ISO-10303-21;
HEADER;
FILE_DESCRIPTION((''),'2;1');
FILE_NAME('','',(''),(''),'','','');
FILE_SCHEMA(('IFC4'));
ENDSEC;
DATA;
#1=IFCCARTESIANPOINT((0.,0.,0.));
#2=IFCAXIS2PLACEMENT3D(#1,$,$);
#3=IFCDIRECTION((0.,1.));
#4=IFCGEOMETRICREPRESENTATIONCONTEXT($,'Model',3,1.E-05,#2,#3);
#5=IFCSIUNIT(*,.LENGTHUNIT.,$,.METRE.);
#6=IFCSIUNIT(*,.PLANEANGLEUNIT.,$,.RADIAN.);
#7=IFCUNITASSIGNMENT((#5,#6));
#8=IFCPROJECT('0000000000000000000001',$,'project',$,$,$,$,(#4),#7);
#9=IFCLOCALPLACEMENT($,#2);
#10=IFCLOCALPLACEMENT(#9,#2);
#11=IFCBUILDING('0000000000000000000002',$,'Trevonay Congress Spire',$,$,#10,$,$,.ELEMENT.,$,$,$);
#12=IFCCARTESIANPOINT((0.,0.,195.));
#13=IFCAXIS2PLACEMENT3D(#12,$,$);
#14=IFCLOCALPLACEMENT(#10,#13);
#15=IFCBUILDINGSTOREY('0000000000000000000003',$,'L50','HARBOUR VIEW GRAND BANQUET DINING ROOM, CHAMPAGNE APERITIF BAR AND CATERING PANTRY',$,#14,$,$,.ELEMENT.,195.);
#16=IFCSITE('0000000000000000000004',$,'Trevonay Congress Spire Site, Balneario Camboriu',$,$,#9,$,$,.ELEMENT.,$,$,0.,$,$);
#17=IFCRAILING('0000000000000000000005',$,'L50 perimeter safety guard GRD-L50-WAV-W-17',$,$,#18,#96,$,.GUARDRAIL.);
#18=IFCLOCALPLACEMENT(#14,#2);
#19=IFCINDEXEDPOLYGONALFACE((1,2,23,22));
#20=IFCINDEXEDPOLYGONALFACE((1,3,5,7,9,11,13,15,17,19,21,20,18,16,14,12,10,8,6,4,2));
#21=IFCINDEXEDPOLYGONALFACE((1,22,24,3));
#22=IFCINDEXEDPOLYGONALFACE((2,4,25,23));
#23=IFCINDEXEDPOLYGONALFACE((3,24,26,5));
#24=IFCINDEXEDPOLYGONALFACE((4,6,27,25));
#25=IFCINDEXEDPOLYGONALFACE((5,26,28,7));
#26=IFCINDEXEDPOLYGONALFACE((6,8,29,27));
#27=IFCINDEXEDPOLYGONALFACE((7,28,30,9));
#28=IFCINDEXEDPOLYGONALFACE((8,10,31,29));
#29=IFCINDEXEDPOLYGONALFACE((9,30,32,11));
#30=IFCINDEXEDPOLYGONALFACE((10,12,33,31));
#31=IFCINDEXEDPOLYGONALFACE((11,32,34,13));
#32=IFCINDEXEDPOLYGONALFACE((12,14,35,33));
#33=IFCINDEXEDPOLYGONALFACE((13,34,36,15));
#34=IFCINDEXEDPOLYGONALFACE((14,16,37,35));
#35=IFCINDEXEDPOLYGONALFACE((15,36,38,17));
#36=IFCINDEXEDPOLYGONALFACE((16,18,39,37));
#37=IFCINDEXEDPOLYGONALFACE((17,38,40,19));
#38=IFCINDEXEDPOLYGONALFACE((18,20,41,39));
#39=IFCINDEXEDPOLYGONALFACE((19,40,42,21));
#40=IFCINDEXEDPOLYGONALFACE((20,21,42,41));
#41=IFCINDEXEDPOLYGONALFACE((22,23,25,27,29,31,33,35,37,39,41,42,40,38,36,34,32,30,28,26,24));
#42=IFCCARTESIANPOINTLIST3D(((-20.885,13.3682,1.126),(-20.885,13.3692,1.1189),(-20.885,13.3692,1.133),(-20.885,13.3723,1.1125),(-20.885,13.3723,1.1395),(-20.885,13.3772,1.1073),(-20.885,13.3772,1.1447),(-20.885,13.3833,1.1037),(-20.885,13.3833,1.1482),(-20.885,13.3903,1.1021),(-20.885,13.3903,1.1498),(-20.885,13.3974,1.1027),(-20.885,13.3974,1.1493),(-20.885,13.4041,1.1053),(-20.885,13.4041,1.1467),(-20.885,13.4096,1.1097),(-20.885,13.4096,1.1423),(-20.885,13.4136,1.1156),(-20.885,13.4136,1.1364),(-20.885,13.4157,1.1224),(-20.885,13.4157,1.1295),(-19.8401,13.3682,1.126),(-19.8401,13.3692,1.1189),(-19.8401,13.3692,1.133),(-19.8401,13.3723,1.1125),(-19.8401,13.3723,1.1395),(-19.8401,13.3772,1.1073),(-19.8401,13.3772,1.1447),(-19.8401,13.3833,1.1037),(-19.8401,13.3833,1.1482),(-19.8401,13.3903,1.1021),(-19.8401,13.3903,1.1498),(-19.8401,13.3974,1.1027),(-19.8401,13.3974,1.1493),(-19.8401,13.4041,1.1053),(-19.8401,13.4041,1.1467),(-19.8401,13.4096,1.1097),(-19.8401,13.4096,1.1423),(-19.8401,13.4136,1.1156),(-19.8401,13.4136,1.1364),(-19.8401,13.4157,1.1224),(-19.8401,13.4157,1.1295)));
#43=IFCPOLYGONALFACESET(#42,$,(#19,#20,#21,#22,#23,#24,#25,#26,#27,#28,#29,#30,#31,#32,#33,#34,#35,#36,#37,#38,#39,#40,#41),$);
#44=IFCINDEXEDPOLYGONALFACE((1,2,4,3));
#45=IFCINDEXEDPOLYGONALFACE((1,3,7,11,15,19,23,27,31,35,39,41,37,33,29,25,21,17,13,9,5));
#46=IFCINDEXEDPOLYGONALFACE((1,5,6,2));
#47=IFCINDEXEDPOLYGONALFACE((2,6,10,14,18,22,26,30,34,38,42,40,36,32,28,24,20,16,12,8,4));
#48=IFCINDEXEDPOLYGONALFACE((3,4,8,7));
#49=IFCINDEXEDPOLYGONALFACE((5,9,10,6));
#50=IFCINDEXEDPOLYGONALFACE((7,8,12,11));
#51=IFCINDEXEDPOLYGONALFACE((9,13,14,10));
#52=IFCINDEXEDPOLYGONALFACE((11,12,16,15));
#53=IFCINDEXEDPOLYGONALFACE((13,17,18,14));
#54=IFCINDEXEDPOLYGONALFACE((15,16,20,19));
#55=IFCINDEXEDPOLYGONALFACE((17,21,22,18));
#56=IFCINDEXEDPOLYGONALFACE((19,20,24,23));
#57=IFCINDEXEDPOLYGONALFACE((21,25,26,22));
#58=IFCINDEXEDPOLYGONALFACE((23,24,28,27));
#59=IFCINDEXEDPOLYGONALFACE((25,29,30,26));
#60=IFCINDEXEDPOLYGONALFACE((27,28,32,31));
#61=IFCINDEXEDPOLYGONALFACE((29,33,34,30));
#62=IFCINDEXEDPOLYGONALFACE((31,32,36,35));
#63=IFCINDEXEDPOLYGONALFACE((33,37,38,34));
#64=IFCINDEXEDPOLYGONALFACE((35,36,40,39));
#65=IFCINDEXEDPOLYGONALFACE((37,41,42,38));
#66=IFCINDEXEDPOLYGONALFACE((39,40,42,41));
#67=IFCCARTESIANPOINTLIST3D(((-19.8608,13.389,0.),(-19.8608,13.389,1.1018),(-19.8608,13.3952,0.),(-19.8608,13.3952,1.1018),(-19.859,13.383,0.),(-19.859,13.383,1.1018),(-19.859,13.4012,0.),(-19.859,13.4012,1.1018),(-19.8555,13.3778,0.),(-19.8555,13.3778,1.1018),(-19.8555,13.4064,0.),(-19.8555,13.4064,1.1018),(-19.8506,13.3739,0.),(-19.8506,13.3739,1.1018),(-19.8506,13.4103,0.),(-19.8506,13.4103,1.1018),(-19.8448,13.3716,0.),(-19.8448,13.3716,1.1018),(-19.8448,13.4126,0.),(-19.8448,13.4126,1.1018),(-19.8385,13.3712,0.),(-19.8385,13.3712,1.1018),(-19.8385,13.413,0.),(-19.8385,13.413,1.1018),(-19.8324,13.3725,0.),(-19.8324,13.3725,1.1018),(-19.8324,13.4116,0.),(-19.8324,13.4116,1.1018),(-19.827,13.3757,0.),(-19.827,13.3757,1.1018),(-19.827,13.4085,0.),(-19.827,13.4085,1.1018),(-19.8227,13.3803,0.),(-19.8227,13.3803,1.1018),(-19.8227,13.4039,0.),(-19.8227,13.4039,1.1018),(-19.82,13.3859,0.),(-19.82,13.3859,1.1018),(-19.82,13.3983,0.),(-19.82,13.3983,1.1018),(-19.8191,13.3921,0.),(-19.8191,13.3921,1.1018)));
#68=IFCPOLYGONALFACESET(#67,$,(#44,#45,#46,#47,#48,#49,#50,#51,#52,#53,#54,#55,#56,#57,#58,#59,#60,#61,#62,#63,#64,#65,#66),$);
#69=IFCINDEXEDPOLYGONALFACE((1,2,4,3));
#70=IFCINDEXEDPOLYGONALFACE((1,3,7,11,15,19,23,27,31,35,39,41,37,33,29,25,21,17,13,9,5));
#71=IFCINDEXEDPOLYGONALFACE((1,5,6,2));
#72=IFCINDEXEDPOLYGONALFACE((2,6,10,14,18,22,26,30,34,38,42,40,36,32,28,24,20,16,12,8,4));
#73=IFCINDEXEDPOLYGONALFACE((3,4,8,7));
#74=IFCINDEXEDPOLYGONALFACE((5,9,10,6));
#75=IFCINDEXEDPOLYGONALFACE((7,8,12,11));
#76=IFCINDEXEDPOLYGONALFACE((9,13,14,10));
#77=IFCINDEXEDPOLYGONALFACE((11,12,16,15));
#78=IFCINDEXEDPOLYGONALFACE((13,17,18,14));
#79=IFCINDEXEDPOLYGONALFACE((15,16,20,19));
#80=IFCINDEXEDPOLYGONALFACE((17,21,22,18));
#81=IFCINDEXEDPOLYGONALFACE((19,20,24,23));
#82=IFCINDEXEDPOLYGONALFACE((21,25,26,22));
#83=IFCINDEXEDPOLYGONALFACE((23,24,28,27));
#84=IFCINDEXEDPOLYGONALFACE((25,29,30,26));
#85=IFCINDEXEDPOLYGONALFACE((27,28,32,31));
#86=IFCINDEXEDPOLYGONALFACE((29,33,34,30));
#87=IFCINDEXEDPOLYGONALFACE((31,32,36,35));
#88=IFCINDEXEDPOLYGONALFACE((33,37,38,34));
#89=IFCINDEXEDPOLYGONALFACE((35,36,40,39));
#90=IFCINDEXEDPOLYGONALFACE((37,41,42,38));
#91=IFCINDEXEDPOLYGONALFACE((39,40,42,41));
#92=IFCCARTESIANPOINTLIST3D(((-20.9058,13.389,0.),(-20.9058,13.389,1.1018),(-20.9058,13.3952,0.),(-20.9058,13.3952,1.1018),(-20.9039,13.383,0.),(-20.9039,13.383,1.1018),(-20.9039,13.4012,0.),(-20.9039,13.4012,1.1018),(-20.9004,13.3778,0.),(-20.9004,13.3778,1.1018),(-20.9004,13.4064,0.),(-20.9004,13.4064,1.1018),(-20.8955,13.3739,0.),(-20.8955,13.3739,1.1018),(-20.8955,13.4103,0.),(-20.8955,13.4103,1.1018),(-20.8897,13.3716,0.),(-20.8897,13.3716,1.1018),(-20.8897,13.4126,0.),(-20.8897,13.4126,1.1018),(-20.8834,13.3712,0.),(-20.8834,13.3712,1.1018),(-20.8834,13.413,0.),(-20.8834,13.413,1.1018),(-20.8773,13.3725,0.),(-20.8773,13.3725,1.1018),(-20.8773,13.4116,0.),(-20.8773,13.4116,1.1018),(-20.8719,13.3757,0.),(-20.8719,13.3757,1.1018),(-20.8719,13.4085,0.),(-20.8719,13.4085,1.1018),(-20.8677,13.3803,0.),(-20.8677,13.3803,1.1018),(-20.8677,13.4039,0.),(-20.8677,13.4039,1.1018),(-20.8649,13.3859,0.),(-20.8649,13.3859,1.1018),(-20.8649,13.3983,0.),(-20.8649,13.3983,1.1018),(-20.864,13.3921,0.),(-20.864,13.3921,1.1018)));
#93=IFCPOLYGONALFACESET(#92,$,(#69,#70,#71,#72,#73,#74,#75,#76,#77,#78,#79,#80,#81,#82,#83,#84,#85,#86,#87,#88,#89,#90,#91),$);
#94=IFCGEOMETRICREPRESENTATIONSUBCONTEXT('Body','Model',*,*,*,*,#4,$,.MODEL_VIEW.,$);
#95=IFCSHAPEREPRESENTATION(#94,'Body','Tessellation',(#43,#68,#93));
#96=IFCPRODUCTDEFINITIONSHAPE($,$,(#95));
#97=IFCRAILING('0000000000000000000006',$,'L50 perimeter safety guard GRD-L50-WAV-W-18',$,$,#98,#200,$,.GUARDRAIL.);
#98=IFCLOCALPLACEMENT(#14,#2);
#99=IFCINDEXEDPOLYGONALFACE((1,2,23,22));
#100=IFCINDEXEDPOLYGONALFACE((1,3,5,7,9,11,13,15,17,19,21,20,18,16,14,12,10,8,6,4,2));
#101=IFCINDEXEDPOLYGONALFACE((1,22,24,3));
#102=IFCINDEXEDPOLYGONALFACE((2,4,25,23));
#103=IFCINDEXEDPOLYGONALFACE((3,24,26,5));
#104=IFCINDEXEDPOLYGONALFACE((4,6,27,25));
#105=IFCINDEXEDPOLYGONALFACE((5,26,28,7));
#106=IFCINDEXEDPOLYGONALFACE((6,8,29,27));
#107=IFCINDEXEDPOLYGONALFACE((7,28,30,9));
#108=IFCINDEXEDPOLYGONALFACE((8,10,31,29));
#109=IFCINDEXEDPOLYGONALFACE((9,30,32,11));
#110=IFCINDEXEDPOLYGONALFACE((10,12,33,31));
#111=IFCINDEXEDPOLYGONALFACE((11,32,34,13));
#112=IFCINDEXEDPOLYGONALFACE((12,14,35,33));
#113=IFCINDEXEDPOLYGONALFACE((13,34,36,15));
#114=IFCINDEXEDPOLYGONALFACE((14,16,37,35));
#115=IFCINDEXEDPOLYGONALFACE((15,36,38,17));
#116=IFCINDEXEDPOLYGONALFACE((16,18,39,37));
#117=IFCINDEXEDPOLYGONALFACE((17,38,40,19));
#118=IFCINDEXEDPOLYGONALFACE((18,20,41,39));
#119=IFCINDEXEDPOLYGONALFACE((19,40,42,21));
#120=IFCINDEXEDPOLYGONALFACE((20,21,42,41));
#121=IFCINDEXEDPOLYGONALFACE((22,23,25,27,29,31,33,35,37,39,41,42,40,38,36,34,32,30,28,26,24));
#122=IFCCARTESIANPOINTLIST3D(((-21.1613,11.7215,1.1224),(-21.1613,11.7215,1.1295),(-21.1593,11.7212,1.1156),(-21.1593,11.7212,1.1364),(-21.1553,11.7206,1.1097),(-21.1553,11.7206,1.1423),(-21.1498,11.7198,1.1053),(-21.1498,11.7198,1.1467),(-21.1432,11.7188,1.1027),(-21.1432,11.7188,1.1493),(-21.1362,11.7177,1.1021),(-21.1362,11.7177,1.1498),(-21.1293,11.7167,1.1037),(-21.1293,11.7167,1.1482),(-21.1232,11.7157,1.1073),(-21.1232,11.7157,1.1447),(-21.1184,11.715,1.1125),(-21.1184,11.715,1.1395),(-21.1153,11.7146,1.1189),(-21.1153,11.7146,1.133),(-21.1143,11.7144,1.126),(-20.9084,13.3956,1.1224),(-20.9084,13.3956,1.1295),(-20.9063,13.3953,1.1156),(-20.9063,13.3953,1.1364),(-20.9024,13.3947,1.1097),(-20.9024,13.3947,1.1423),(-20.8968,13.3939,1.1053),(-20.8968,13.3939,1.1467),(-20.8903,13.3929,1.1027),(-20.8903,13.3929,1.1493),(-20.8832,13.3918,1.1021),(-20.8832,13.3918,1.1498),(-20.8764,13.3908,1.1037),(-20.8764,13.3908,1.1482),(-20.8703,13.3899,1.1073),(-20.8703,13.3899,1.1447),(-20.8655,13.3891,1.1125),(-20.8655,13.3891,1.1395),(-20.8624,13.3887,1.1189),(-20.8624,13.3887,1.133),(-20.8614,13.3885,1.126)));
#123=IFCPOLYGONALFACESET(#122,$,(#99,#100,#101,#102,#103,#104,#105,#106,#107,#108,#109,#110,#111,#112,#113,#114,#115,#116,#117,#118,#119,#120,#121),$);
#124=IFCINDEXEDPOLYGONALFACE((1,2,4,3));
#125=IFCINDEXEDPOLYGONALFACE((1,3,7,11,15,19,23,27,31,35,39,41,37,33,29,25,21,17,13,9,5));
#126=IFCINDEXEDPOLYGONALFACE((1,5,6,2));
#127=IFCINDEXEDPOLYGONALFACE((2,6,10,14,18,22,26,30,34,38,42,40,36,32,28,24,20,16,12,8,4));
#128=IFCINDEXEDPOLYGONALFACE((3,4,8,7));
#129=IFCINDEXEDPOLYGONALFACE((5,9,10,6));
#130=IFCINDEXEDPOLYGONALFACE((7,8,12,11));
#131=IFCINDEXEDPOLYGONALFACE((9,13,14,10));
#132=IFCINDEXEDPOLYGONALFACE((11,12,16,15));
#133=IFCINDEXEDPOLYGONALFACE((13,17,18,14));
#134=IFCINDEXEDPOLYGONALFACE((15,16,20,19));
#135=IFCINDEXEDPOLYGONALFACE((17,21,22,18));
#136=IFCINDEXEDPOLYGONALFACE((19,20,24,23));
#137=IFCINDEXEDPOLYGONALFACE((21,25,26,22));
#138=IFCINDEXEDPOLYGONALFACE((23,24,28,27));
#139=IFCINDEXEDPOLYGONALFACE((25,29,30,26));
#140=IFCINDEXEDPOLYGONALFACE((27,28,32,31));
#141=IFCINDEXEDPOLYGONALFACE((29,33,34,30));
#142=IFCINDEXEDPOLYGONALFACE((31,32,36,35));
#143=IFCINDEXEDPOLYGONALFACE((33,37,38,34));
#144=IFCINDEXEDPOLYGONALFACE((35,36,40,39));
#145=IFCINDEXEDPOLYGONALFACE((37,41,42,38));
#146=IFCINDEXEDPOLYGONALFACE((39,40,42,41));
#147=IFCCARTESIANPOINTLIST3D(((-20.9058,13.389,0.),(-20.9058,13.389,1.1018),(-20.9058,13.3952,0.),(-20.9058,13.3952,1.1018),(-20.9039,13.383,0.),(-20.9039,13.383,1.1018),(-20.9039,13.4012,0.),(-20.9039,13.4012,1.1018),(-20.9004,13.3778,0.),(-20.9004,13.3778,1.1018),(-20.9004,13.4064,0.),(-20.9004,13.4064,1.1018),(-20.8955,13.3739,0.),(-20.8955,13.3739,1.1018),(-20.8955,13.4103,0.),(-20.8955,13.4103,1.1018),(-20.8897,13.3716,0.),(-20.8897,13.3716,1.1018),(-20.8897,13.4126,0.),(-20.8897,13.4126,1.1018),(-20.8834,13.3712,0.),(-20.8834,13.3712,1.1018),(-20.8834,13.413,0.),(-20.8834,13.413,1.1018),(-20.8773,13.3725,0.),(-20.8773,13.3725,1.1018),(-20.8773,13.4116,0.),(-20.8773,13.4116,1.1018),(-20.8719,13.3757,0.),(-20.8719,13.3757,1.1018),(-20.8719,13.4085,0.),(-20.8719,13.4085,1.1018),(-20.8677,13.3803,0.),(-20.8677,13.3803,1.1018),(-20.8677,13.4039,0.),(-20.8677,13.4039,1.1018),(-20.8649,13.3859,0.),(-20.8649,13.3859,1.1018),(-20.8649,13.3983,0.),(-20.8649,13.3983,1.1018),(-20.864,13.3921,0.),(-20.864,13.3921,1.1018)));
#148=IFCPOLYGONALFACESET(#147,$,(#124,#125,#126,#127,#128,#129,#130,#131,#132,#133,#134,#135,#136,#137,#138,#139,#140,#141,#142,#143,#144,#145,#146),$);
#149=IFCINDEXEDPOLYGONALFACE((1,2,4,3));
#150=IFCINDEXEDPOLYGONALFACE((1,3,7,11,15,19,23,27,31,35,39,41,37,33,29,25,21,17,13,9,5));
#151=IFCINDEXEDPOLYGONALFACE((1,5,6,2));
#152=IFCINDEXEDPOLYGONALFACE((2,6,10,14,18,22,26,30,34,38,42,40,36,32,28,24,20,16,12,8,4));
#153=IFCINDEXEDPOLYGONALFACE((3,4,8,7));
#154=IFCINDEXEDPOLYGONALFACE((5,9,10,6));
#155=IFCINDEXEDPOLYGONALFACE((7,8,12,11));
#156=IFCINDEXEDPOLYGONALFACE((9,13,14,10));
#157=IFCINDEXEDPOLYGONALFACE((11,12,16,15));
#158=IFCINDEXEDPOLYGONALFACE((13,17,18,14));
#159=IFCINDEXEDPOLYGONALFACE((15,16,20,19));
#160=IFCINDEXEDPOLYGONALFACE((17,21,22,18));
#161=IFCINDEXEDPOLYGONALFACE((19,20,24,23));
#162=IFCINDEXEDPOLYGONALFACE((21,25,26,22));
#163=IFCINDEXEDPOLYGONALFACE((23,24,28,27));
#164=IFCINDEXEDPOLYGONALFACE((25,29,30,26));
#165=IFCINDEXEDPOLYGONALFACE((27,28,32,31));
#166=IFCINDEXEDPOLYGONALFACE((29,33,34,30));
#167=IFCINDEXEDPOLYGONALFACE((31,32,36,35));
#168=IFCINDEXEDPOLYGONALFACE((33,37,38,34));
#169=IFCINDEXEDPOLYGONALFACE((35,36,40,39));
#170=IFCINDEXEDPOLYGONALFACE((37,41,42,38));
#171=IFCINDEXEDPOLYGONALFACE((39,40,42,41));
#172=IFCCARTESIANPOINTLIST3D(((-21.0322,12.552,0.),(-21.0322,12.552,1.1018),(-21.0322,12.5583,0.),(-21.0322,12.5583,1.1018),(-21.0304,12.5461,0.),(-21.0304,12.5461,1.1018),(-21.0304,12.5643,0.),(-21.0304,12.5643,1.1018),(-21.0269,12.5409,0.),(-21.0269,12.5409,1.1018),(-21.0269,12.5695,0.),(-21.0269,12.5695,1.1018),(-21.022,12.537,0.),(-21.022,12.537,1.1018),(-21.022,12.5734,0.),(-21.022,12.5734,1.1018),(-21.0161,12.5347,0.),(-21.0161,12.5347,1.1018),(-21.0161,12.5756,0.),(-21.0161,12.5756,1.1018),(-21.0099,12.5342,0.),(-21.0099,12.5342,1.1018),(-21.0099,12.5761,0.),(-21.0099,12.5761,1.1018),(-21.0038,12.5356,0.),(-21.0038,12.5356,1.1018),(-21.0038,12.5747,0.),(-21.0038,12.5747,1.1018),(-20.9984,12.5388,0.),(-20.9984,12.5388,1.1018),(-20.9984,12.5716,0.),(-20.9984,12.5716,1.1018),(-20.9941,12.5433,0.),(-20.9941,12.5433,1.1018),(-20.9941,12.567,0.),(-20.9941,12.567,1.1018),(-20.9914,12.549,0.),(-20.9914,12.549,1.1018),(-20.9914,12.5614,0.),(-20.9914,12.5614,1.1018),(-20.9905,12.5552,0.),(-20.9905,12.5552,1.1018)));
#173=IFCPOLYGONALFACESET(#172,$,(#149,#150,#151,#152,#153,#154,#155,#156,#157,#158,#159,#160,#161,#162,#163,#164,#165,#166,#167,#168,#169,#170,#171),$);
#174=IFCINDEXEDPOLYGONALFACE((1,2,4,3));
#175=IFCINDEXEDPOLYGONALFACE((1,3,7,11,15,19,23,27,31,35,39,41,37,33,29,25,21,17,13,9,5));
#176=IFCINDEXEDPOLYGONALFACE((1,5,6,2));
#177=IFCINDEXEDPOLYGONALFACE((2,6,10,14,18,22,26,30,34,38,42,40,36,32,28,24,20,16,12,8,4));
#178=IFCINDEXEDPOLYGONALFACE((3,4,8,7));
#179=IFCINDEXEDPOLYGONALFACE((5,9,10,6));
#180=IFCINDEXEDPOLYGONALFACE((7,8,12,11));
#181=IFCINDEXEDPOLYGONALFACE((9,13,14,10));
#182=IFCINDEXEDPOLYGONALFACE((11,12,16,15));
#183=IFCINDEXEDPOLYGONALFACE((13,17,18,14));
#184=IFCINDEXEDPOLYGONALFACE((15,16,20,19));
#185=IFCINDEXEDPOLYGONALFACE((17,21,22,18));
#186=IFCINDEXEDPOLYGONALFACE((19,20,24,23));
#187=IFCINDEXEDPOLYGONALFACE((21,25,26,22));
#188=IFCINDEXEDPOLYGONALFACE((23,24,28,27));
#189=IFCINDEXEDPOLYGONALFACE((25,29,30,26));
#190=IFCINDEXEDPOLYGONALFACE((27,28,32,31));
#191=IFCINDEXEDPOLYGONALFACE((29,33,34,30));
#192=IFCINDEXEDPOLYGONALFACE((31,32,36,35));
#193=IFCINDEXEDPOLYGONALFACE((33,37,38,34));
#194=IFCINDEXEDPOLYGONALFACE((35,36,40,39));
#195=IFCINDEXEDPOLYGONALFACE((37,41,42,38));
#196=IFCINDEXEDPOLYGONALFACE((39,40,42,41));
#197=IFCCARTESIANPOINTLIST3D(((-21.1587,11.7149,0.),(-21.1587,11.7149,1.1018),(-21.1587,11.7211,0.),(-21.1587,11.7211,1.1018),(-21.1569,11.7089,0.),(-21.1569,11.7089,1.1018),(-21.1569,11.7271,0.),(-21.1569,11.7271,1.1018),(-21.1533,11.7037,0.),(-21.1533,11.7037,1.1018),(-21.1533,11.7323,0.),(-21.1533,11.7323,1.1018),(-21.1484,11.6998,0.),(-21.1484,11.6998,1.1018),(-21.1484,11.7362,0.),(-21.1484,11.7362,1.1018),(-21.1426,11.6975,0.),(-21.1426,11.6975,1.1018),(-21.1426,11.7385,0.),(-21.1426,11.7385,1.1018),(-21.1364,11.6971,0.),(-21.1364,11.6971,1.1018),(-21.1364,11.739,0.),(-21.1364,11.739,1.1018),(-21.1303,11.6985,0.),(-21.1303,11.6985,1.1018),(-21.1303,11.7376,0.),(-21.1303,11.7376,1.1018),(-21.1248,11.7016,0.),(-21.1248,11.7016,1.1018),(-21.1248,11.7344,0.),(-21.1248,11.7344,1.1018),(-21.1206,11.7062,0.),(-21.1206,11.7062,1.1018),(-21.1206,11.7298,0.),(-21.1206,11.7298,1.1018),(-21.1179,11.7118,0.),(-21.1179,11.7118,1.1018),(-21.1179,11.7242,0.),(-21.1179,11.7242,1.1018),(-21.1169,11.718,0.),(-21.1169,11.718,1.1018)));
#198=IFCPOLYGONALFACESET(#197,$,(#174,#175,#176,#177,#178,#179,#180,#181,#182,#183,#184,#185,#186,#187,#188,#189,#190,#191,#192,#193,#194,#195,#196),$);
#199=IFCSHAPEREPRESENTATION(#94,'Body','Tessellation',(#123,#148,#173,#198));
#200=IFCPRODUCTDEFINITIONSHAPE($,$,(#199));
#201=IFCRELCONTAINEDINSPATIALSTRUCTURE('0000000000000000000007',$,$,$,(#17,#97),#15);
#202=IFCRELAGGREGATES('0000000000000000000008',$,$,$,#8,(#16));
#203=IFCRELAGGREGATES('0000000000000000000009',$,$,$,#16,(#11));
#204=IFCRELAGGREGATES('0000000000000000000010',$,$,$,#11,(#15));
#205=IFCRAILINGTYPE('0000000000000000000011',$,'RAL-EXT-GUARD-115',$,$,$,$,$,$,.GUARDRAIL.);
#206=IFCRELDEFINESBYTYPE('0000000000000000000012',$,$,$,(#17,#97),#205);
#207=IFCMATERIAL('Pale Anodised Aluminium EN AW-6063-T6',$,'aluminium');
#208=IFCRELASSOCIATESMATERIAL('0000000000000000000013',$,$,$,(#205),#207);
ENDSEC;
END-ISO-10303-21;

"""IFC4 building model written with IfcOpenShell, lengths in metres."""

from ifc_helpers import new_model, si_unit, direction, frame, origin, origin_2d, place, context, subcontext, project, spatial, circle, extrude, material, type_object, element, save


model = new_model("IFC4")

# Units and contexts
model_context = context("Model", 3, precision=1e-05, world=origin(), true_north=direction((0.0, 1.0)))
body_context = subcontext(model_context, "Body", "Model", "MODEL_VIEW")
ifc_project = project(units=[si_unit("LENGTHUNIT", "METRE"), si_unit("PLANEANGLEUNIT", "RADIAN")], contexts=[model_context])

# Site, building, storey
site_placement = place(None, origin())
site = spatial("IfcSite", under=ifc_project, at=site_placement, Name="Trevonay Congress Spire Site, Balneario Camboriu", CompositionType="ELEMENT", RefElevation=0.0)
building_placement = place(site_placement, origin())
building = spatial("IfcBuilding", under=site, at=building_placement, Name="Trevonay Congress Spire", CompositionType="ELEMENT")
storey_placement = place(building_placement, frame((0.0, 0.0, 195.0)))
storey = spatial("IfcBuildingStorey", under=building, at=storey_placement, Name="L50", Description="HARBOUR VIEW GRAND BANQUET DINING ROOM, CHAMPAGNE APERITIF BAR AND CATERING PANTRY", CompositionType="ELEMENT", Elevation=195.0)

# Shared definitions
ifc_material_1 = material(Name="Pale Anodised Aluminium EN AW-6063-T6", Category="aluminium")

# Railings
railing_type = type_object("IfcRailingType", Name="RAL-EXT-GUARD-115", PredefinedType="GUARDRAIL", material=ifc_material_1)
railing_1_placement = place(storey_placement, frame((-19.8401, 13.3921, 0.0)))
element("IfcRailing", 1, at=railing_1_placement, inside=storey, type_object=railing_type, Name="L50 perimeter safety guard GRD-L50-WAV-W-17", PredefinedType="GUARDRAIL", context=body_context, shape_type="SweptSolid", body=[
    extrude(circle(Radius=0.0239, at=origin_2d()), frame((0.0, 0.0, 1.126), z_axis=(-1.0, 0.0, 0.0), x_axis=(0.0, -1.0, 0.0)), (0.0, 0.0, 1.0), 1.0449),
    extrude(circle(Radius=0.021, at=origin_2d()), origin(), (0.0, 0.0, 1.0), 1.1018),
    extrude(circle(Radius=0.021, at=origin_2d()), frame((-1.0449, 0.0, 0.0)), (0.0, 0.0, 1.0), 1.1018),
])
railing_2_placement = place(storey_placement, frame((-20.885, 13.3921, 0.0)))
element("IfcRailing", 2, at=railing_2_placement, inside=storey, type_object=railing_type, Name="L50 perimeter safety guard GRD-L50-WAV-W-18", PredefinedType="GUARDRAIL", context=body_context, shape_type="SweptSolid", body=[
    extrude(circle(Radius=0.0239, at=origin_2d()), frame((0.0, 0.0, 1.126), z_axis=(-0.149391, -0.988778, 0.0), x_axis=(0.988778, -0.149391, 0.0)), (0.0, 0.0, 1.0), 1.6931),
    extrude(circle(Radius=0.021, at=origin_2d()), origin(), (0.0, 0.0, 1.0), 1.1018),
    extrude(circle(Radius=0.021, at=origin_2d()), frame((-0.1265, -0.8369, 0.0)), (0.0, 0.0, 1.0), 1.1018),
    extrude(circle(Radius=0.021, at=origin_2d()), frame((-0.2529, -1.6741, 0.0)), (0.0, 0.0, 1.0), 1.1018),
])

save(model, "model.ifc")
